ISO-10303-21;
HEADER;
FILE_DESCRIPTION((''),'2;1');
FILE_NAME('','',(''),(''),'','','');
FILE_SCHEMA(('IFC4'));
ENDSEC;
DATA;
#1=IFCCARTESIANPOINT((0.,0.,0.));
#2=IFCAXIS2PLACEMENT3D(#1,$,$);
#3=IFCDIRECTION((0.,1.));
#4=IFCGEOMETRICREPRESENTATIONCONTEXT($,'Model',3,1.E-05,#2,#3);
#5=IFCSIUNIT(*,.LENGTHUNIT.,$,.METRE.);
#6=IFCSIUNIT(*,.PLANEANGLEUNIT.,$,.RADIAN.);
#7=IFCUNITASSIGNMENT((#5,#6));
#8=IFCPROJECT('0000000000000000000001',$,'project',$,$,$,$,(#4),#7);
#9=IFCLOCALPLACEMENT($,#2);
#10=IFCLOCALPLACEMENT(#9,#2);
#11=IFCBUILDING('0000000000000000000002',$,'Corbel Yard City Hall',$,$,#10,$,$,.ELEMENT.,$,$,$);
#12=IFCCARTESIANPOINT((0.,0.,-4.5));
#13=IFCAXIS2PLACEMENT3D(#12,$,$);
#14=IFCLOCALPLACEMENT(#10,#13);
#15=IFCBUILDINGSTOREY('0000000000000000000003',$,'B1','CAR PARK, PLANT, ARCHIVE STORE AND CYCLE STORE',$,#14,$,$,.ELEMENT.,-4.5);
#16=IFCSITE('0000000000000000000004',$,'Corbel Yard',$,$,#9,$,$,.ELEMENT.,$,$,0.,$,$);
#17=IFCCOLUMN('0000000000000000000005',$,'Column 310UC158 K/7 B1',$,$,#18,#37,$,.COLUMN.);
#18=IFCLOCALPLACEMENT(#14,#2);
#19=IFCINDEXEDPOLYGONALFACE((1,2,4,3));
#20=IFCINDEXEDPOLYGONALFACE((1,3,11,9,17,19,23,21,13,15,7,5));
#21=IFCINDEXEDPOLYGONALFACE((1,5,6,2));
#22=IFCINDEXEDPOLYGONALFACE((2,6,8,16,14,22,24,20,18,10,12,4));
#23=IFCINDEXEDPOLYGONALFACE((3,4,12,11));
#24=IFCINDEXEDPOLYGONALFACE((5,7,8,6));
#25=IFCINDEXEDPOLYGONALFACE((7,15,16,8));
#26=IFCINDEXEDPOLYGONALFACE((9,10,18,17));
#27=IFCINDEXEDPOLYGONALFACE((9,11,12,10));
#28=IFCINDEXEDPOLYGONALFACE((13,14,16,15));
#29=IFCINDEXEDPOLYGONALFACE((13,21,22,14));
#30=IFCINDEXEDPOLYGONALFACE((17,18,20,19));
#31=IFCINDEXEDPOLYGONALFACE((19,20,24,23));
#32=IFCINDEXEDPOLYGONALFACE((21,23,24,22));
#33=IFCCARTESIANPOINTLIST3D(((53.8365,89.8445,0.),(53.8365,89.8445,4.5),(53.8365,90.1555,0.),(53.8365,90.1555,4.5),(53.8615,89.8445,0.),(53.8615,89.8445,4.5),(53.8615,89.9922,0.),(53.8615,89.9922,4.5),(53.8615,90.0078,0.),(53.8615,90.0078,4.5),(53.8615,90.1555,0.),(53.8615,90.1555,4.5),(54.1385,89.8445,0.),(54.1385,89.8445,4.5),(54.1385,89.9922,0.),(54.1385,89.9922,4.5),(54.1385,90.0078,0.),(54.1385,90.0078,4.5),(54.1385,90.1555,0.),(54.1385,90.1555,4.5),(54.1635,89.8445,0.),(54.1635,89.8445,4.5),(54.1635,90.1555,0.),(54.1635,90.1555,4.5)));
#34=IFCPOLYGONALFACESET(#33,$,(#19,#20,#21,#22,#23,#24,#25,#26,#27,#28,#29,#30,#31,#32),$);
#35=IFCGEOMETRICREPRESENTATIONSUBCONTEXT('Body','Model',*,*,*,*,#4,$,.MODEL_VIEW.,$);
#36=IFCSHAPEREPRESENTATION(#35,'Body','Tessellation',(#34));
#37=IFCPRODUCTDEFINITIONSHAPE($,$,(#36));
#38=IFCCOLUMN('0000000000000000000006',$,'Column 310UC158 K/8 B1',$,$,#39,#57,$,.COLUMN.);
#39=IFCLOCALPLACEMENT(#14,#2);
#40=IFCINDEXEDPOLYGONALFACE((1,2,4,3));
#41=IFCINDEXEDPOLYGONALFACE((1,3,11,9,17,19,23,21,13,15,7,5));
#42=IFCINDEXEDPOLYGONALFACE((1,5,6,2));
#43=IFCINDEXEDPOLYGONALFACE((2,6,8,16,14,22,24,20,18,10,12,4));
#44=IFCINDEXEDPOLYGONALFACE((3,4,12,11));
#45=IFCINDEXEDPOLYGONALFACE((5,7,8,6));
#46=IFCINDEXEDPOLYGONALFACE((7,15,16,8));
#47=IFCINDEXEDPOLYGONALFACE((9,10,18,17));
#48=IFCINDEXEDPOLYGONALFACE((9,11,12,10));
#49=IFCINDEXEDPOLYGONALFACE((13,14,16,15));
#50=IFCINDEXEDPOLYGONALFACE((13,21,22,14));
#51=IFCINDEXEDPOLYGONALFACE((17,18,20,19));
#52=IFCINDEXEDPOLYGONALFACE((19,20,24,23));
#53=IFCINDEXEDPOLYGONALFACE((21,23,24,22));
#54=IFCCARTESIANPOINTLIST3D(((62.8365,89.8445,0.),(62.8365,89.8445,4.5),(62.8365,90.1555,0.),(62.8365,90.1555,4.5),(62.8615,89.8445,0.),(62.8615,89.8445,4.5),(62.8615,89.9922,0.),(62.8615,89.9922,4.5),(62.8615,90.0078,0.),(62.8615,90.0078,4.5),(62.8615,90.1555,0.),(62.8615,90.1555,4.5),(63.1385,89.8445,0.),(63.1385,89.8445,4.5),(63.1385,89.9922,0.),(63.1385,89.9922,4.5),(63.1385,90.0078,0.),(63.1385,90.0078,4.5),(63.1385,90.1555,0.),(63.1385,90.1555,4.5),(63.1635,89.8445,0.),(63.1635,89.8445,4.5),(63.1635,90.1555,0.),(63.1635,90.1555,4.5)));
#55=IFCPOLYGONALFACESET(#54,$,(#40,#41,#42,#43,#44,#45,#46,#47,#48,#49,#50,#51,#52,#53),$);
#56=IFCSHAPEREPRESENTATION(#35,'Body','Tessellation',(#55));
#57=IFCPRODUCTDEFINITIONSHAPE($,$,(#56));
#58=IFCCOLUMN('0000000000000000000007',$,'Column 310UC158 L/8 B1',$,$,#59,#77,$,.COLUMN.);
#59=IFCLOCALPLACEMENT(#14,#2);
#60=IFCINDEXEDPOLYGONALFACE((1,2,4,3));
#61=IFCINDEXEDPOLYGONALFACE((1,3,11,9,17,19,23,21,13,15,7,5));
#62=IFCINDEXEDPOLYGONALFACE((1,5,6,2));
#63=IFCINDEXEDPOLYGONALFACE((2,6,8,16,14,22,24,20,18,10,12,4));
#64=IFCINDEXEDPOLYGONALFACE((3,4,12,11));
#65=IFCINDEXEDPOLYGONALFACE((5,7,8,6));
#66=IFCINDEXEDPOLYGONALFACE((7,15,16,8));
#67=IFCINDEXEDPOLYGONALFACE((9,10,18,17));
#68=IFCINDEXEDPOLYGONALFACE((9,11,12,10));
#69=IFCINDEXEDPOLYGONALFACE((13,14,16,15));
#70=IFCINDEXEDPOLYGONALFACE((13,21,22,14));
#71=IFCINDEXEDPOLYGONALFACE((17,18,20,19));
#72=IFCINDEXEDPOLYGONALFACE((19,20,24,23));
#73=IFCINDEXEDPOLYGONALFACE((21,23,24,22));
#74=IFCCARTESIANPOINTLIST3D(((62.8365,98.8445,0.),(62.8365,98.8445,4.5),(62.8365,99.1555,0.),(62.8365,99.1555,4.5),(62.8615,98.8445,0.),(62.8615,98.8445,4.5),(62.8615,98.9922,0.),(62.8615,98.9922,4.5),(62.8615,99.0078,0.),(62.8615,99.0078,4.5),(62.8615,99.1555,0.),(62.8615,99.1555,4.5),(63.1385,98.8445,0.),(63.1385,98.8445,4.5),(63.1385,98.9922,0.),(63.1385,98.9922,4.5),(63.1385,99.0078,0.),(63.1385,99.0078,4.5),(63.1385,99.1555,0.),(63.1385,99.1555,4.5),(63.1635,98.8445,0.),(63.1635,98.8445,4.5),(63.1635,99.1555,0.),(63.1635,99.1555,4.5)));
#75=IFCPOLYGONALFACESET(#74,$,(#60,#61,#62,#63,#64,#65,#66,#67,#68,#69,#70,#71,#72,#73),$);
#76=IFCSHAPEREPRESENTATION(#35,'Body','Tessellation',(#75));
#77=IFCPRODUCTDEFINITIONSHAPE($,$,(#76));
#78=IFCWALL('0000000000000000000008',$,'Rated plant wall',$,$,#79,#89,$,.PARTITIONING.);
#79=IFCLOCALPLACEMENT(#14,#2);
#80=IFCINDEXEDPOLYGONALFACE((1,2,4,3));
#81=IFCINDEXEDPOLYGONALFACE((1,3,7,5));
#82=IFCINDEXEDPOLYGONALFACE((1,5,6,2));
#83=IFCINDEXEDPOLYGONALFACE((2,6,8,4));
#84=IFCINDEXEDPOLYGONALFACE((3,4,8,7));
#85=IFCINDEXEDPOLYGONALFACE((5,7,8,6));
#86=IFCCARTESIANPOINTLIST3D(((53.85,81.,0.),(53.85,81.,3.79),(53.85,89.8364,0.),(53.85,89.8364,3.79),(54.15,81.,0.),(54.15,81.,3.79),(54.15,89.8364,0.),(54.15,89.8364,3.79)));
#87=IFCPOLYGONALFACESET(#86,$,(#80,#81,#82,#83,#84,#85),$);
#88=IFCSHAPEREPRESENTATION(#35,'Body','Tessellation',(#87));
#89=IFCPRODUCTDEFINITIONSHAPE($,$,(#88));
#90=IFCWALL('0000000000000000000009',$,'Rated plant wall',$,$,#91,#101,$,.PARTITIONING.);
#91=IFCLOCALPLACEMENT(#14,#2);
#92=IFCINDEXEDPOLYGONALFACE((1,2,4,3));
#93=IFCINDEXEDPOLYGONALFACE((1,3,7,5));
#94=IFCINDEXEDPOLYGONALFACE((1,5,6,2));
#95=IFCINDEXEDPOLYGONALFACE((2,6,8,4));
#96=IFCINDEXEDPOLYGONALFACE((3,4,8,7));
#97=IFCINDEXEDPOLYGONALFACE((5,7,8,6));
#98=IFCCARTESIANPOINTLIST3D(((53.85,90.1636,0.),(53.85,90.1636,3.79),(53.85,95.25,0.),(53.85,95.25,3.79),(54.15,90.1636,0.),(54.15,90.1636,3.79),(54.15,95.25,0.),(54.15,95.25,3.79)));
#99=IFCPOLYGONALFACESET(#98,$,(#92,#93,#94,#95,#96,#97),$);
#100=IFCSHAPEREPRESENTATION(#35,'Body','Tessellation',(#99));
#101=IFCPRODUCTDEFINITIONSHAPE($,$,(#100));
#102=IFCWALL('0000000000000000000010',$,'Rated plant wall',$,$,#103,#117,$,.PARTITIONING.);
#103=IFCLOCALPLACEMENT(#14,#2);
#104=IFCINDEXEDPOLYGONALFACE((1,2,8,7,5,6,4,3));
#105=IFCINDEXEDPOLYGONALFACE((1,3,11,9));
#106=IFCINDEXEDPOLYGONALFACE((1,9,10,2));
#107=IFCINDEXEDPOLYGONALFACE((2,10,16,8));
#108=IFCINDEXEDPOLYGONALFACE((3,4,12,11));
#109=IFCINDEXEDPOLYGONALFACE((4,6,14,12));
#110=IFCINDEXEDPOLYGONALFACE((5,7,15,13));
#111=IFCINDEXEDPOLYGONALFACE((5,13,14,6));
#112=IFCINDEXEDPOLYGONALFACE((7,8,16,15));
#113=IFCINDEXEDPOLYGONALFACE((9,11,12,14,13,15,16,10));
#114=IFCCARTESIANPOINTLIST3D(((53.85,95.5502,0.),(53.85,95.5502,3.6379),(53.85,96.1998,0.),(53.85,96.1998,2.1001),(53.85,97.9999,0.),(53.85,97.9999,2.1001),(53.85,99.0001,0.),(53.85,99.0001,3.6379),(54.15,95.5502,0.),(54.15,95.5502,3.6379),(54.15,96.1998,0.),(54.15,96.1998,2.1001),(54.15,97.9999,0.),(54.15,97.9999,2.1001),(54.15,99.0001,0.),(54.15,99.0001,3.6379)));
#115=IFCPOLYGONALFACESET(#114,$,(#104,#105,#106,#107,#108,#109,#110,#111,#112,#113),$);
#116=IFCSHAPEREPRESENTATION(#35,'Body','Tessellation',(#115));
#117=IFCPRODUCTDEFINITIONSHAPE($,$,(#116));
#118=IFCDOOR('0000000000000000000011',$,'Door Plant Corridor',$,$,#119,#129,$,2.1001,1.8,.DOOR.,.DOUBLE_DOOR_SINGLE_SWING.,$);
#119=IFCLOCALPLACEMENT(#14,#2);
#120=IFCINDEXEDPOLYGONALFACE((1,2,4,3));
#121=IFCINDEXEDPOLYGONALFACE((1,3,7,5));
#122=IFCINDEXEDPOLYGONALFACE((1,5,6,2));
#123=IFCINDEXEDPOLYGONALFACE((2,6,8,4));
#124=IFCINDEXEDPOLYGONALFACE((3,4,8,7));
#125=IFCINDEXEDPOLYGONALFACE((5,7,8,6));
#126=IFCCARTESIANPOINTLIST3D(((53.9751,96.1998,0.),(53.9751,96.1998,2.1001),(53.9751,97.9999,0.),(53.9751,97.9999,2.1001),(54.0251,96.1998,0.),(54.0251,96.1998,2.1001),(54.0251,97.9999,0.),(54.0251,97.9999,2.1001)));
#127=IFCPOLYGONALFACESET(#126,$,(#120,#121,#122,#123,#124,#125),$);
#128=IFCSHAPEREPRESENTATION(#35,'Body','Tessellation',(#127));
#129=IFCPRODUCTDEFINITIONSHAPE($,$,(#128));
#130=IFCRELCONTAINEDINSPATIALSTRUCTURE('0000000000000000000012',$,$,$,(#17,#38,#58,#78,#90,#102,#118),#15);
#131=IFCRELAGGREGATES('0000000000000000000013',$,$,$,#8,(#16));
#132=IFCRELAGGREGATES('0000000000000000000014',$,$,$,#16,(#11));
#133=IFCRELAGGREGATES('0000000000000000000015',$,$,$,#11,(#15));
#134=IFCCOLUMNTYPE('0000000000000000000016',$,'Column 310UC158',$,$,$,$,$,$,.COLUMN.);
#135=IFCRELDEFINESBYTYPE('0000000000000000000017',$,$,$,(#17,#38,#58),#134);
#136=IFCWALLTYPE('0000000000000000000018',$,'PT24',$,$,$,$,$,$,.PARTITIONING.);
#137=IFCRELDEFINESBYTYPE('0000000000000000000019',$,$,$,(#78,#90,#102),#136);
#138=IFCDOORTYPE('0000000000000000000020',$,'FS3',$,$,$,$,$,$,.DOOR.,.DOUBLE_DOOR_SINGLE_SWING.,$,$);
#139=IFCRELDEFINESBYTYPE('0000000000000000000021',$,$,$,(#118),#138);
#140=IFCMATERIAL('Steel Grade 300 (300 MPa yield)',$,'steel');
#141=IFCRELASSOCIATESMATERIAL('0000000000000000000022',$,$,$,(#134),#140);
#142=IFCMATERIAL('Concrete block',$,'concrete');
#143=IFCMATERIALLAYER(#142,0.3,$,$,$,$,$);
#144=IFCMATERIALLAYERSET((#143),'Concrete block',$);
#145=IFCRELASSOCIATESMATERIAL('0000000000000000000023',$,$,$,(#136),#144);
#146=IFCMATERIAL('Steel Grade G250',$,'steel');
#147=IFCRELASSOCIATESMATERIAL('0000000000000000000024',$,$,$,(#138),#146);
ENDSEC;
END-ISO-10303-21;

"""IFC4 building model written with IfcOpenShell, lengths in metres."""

from ifc_helpers import new_model, si_unit, direction, frame, frame_2d, origin, origin_2d, place, context, subcontext, project, spatial, rectangle, i_section, extrude, material, layer, layer_set, material_profile, profile_set, type_object, element, fill, save


model = new_model("IFC4")

# Units and contexts
model_context = context("Model", 3, precision=1e-05, world=origin(), true_north=direction((0.0, 1.0)))
body_context = subcontext(model_context, "Body", "Model", "MODEL_VIEW")
ifc_project = project(units=[si_unit("LENGTHUNIT", "METRE"), si_unit("PLANEANGLEUNIT", "RADIAN")], contexts=[model_context])

# Site, building, storey
site_placement = place(None, origin())
site = spatial("IfcSite", under=ifc_project, at=site_placement, Name="Corbel Yard", CompositionType="ELEMENT", RefElevation=0.0)
building_placement = place(site_placement, origin())
building = spatial("IfcBuilding", under=site, at=building_placement, Name="Corbel Yard City Hall", CompositionType="ELEMENT")
storey_placement = place(building_placement, frame((0.0, 0.0, -4.5)))
storey = spatial("IfcBuildingStorey", under=building, at=storey_placement, Name="B1", Description="CAR PARK, PLANT, ARCHIVE STORE AND CYCLE STORE", CompositionType="ELEMENT", Elevation=-4.5)

# Columns
ifc_material_1 = material(Name="Steel Grade 300 (300 MPa yield)", Category="steel")
ifc_material_profile_1 = material_profile(ifc_material_1, i_section(OverallWidth=0.311, OverallDepth=0.3269, WebThickness=0.0156, FlangeThickness=0.0249, at=origin_2d()), Name="310UC158")
ifc_profile_set_1 = profile_set([ifc_material_profile_1], Name="Steel Grade 300 (300 MPa yield)")
column_type = type_object("IfcColumnType", Name="Column 310UC158", PredefinedType="COLUMN", material=ifc_profile_set_1)
for number, where, z_axis, x_axis, name in (
    (1, (54.0, 90.0, 0.0), (0.0, 0.0, 1.0), (0.0, 1.0, 0.0), "Column 310UC158 K/7 B1"),
    (2, (63.0, 90.0, 0.0), (0.0, 0.0, 1.0), (0.0, 1.0, 0.0), "Column 310UC158 K/8 B1"),
    (3, (63.0, 99.0, 0.0), (0.0, 0.0, 1.0), (0.0, 1.0, 0.0), "Column 310UC158 L/8 B1"),
):
    element("IfcColumn", number, at=place(storey_placement, frame(where, z_axis=z_axis, x_axis=x_axis)), inside=storey, type_object=column_type, Name=name, PredefinedType="COLUMN", context=body_context, shape_type="SweptSolid", body=[
        extrude(i_section(OverallWidth=0.311, OverallDepth=0.3269, WebThickness=0.0156, FlangeThickness=0.0249, at=origin_2d()), origin(), (0.0, 0.0, 1.0), 4.5),
    ])

# Walls
ifc_material_2 = material(Name="Concrete block", Category="concrete")
ifc_layer = layer(ifc_material_2, 0.3)
ifc_layer_set = layer_set([ifc_layer], Name="Concrete block")
wall_type = type_object("IfcWallType", Name="PT24", PredefinedType="PARTITIONING", material=ifc_layer_set)
wall_1_placement = place(storey_placement, frame((54.0, 81.0, 0.0), z_axis=(0.0, 0.0, 1.0), x_axis=(0.0, 1.0, 0.0)))
element("IfcWall", 4, at=wall_1_placement, inside=storey, type_object=wall_type, Name="Rated plant wall", PredefinedType="PARTITIONING", context=body_context, shape_type="SweptSolid", body=[
    extrude(rectangle(XDim=8.8364, YDim=0.3, at=frame_2d((4.4182, 0.0))), origin(), (0.0, 0.0, 1.0), 3.79),
])
wall_2_placement = place(storey_placement, frame((54.0, 90.1636, 0.0), z_axis=(0.0, 0.0, 1.0), x_axis=(0.0, 1.0, 0.0)))
element("IfcWall", 5, at=wall_2_placement, inside=storey, type_object=wall_type, Name="Rated plant wall", PredefinedType="PARTITIONING", context=body_context, shape_type="SweptSolid", body=[
    extrude(rectangle(XDim=5.0864, YDim=0.3, at=frame_2d((2.5432, 0.0))), origin(), (0.0, 0.0, 1.0), 3.79),
])

# Wall, opening, door
wall_3_placement = place(storey_placement, frame((54.0, 95.55, 0.0), z_axis=(0.0, 0.0, 1.0), x_axis=(0.0, 1.0, 0.0)))
wall_3 = element("IfcWall", 6, at=wall_3_placement, inside=storey, type_object=wall_type, Name="Rated plant wall", PredefinedType="PARTITIONING", context=body_context, shape_type="SweptSolid", body=[
    extrude(rectangle(XDim=3.45, YDim=0.3, at=frame_2d((1.7251, 0.0))), origin(), (0.0, 0.0, 1.0), 3.6379),
])
opening_placement = place(wall_3_placement, frame((0.6499, 0.0, 0.0)))
opening = element("IfcOpeningElement", 7, at=opening_placement, cuts=wall_3, PredefinedType="OPENING", context=body_context, shape_type="SweptSolid", body=[
    extrude(rectangle(XDim=1.8, YDim=2.1001, at=frame_2d((0.8999, 1.05))), frame((0.0, 0.1599, 0.0), z_axis=(0.0, -1.0, 0.0), x_axis=(1.0, 0.0, 0.0)), (0.0, 0.0, 1.0), 0.3201),
])
ifc_material_3 = material(Name="Steel Grade G250", Category="steel")
door_type = type_object("IfcDoorType", Name="FS3", OperationType="DOUBLE_DOOR_SINGLE_SWING", PredefinedType="DOOR", material=ifc_material_3)
door_placement = place(opening_placement, origin())
door = element("IfcDoor", 8, at=door_placement, inside=storey, type_object=door_type, Name="Door Plant Corridor", OperationType="DOUBLE_DOOR_SINGLE_SWING", OverallHeight=2.1001, OverallWidth=1.8, PredefinedType="DOOR", context=body_context, shape_type="SweptSolid", body=[
    extrude(rectangle(XDim=1.8, YDim=2.1001, at=frame_2d((0.8999, 1.05))), frame((0.0, 0.0249, 0.0), z_axis=(0.0, -1.0, 0.0), x_axis=(1.0, 0.0, 0.0)), (0.0, 0.0, 1.0), 0.05),
])
fill(opening, door)

save(model, "model.ifc")
